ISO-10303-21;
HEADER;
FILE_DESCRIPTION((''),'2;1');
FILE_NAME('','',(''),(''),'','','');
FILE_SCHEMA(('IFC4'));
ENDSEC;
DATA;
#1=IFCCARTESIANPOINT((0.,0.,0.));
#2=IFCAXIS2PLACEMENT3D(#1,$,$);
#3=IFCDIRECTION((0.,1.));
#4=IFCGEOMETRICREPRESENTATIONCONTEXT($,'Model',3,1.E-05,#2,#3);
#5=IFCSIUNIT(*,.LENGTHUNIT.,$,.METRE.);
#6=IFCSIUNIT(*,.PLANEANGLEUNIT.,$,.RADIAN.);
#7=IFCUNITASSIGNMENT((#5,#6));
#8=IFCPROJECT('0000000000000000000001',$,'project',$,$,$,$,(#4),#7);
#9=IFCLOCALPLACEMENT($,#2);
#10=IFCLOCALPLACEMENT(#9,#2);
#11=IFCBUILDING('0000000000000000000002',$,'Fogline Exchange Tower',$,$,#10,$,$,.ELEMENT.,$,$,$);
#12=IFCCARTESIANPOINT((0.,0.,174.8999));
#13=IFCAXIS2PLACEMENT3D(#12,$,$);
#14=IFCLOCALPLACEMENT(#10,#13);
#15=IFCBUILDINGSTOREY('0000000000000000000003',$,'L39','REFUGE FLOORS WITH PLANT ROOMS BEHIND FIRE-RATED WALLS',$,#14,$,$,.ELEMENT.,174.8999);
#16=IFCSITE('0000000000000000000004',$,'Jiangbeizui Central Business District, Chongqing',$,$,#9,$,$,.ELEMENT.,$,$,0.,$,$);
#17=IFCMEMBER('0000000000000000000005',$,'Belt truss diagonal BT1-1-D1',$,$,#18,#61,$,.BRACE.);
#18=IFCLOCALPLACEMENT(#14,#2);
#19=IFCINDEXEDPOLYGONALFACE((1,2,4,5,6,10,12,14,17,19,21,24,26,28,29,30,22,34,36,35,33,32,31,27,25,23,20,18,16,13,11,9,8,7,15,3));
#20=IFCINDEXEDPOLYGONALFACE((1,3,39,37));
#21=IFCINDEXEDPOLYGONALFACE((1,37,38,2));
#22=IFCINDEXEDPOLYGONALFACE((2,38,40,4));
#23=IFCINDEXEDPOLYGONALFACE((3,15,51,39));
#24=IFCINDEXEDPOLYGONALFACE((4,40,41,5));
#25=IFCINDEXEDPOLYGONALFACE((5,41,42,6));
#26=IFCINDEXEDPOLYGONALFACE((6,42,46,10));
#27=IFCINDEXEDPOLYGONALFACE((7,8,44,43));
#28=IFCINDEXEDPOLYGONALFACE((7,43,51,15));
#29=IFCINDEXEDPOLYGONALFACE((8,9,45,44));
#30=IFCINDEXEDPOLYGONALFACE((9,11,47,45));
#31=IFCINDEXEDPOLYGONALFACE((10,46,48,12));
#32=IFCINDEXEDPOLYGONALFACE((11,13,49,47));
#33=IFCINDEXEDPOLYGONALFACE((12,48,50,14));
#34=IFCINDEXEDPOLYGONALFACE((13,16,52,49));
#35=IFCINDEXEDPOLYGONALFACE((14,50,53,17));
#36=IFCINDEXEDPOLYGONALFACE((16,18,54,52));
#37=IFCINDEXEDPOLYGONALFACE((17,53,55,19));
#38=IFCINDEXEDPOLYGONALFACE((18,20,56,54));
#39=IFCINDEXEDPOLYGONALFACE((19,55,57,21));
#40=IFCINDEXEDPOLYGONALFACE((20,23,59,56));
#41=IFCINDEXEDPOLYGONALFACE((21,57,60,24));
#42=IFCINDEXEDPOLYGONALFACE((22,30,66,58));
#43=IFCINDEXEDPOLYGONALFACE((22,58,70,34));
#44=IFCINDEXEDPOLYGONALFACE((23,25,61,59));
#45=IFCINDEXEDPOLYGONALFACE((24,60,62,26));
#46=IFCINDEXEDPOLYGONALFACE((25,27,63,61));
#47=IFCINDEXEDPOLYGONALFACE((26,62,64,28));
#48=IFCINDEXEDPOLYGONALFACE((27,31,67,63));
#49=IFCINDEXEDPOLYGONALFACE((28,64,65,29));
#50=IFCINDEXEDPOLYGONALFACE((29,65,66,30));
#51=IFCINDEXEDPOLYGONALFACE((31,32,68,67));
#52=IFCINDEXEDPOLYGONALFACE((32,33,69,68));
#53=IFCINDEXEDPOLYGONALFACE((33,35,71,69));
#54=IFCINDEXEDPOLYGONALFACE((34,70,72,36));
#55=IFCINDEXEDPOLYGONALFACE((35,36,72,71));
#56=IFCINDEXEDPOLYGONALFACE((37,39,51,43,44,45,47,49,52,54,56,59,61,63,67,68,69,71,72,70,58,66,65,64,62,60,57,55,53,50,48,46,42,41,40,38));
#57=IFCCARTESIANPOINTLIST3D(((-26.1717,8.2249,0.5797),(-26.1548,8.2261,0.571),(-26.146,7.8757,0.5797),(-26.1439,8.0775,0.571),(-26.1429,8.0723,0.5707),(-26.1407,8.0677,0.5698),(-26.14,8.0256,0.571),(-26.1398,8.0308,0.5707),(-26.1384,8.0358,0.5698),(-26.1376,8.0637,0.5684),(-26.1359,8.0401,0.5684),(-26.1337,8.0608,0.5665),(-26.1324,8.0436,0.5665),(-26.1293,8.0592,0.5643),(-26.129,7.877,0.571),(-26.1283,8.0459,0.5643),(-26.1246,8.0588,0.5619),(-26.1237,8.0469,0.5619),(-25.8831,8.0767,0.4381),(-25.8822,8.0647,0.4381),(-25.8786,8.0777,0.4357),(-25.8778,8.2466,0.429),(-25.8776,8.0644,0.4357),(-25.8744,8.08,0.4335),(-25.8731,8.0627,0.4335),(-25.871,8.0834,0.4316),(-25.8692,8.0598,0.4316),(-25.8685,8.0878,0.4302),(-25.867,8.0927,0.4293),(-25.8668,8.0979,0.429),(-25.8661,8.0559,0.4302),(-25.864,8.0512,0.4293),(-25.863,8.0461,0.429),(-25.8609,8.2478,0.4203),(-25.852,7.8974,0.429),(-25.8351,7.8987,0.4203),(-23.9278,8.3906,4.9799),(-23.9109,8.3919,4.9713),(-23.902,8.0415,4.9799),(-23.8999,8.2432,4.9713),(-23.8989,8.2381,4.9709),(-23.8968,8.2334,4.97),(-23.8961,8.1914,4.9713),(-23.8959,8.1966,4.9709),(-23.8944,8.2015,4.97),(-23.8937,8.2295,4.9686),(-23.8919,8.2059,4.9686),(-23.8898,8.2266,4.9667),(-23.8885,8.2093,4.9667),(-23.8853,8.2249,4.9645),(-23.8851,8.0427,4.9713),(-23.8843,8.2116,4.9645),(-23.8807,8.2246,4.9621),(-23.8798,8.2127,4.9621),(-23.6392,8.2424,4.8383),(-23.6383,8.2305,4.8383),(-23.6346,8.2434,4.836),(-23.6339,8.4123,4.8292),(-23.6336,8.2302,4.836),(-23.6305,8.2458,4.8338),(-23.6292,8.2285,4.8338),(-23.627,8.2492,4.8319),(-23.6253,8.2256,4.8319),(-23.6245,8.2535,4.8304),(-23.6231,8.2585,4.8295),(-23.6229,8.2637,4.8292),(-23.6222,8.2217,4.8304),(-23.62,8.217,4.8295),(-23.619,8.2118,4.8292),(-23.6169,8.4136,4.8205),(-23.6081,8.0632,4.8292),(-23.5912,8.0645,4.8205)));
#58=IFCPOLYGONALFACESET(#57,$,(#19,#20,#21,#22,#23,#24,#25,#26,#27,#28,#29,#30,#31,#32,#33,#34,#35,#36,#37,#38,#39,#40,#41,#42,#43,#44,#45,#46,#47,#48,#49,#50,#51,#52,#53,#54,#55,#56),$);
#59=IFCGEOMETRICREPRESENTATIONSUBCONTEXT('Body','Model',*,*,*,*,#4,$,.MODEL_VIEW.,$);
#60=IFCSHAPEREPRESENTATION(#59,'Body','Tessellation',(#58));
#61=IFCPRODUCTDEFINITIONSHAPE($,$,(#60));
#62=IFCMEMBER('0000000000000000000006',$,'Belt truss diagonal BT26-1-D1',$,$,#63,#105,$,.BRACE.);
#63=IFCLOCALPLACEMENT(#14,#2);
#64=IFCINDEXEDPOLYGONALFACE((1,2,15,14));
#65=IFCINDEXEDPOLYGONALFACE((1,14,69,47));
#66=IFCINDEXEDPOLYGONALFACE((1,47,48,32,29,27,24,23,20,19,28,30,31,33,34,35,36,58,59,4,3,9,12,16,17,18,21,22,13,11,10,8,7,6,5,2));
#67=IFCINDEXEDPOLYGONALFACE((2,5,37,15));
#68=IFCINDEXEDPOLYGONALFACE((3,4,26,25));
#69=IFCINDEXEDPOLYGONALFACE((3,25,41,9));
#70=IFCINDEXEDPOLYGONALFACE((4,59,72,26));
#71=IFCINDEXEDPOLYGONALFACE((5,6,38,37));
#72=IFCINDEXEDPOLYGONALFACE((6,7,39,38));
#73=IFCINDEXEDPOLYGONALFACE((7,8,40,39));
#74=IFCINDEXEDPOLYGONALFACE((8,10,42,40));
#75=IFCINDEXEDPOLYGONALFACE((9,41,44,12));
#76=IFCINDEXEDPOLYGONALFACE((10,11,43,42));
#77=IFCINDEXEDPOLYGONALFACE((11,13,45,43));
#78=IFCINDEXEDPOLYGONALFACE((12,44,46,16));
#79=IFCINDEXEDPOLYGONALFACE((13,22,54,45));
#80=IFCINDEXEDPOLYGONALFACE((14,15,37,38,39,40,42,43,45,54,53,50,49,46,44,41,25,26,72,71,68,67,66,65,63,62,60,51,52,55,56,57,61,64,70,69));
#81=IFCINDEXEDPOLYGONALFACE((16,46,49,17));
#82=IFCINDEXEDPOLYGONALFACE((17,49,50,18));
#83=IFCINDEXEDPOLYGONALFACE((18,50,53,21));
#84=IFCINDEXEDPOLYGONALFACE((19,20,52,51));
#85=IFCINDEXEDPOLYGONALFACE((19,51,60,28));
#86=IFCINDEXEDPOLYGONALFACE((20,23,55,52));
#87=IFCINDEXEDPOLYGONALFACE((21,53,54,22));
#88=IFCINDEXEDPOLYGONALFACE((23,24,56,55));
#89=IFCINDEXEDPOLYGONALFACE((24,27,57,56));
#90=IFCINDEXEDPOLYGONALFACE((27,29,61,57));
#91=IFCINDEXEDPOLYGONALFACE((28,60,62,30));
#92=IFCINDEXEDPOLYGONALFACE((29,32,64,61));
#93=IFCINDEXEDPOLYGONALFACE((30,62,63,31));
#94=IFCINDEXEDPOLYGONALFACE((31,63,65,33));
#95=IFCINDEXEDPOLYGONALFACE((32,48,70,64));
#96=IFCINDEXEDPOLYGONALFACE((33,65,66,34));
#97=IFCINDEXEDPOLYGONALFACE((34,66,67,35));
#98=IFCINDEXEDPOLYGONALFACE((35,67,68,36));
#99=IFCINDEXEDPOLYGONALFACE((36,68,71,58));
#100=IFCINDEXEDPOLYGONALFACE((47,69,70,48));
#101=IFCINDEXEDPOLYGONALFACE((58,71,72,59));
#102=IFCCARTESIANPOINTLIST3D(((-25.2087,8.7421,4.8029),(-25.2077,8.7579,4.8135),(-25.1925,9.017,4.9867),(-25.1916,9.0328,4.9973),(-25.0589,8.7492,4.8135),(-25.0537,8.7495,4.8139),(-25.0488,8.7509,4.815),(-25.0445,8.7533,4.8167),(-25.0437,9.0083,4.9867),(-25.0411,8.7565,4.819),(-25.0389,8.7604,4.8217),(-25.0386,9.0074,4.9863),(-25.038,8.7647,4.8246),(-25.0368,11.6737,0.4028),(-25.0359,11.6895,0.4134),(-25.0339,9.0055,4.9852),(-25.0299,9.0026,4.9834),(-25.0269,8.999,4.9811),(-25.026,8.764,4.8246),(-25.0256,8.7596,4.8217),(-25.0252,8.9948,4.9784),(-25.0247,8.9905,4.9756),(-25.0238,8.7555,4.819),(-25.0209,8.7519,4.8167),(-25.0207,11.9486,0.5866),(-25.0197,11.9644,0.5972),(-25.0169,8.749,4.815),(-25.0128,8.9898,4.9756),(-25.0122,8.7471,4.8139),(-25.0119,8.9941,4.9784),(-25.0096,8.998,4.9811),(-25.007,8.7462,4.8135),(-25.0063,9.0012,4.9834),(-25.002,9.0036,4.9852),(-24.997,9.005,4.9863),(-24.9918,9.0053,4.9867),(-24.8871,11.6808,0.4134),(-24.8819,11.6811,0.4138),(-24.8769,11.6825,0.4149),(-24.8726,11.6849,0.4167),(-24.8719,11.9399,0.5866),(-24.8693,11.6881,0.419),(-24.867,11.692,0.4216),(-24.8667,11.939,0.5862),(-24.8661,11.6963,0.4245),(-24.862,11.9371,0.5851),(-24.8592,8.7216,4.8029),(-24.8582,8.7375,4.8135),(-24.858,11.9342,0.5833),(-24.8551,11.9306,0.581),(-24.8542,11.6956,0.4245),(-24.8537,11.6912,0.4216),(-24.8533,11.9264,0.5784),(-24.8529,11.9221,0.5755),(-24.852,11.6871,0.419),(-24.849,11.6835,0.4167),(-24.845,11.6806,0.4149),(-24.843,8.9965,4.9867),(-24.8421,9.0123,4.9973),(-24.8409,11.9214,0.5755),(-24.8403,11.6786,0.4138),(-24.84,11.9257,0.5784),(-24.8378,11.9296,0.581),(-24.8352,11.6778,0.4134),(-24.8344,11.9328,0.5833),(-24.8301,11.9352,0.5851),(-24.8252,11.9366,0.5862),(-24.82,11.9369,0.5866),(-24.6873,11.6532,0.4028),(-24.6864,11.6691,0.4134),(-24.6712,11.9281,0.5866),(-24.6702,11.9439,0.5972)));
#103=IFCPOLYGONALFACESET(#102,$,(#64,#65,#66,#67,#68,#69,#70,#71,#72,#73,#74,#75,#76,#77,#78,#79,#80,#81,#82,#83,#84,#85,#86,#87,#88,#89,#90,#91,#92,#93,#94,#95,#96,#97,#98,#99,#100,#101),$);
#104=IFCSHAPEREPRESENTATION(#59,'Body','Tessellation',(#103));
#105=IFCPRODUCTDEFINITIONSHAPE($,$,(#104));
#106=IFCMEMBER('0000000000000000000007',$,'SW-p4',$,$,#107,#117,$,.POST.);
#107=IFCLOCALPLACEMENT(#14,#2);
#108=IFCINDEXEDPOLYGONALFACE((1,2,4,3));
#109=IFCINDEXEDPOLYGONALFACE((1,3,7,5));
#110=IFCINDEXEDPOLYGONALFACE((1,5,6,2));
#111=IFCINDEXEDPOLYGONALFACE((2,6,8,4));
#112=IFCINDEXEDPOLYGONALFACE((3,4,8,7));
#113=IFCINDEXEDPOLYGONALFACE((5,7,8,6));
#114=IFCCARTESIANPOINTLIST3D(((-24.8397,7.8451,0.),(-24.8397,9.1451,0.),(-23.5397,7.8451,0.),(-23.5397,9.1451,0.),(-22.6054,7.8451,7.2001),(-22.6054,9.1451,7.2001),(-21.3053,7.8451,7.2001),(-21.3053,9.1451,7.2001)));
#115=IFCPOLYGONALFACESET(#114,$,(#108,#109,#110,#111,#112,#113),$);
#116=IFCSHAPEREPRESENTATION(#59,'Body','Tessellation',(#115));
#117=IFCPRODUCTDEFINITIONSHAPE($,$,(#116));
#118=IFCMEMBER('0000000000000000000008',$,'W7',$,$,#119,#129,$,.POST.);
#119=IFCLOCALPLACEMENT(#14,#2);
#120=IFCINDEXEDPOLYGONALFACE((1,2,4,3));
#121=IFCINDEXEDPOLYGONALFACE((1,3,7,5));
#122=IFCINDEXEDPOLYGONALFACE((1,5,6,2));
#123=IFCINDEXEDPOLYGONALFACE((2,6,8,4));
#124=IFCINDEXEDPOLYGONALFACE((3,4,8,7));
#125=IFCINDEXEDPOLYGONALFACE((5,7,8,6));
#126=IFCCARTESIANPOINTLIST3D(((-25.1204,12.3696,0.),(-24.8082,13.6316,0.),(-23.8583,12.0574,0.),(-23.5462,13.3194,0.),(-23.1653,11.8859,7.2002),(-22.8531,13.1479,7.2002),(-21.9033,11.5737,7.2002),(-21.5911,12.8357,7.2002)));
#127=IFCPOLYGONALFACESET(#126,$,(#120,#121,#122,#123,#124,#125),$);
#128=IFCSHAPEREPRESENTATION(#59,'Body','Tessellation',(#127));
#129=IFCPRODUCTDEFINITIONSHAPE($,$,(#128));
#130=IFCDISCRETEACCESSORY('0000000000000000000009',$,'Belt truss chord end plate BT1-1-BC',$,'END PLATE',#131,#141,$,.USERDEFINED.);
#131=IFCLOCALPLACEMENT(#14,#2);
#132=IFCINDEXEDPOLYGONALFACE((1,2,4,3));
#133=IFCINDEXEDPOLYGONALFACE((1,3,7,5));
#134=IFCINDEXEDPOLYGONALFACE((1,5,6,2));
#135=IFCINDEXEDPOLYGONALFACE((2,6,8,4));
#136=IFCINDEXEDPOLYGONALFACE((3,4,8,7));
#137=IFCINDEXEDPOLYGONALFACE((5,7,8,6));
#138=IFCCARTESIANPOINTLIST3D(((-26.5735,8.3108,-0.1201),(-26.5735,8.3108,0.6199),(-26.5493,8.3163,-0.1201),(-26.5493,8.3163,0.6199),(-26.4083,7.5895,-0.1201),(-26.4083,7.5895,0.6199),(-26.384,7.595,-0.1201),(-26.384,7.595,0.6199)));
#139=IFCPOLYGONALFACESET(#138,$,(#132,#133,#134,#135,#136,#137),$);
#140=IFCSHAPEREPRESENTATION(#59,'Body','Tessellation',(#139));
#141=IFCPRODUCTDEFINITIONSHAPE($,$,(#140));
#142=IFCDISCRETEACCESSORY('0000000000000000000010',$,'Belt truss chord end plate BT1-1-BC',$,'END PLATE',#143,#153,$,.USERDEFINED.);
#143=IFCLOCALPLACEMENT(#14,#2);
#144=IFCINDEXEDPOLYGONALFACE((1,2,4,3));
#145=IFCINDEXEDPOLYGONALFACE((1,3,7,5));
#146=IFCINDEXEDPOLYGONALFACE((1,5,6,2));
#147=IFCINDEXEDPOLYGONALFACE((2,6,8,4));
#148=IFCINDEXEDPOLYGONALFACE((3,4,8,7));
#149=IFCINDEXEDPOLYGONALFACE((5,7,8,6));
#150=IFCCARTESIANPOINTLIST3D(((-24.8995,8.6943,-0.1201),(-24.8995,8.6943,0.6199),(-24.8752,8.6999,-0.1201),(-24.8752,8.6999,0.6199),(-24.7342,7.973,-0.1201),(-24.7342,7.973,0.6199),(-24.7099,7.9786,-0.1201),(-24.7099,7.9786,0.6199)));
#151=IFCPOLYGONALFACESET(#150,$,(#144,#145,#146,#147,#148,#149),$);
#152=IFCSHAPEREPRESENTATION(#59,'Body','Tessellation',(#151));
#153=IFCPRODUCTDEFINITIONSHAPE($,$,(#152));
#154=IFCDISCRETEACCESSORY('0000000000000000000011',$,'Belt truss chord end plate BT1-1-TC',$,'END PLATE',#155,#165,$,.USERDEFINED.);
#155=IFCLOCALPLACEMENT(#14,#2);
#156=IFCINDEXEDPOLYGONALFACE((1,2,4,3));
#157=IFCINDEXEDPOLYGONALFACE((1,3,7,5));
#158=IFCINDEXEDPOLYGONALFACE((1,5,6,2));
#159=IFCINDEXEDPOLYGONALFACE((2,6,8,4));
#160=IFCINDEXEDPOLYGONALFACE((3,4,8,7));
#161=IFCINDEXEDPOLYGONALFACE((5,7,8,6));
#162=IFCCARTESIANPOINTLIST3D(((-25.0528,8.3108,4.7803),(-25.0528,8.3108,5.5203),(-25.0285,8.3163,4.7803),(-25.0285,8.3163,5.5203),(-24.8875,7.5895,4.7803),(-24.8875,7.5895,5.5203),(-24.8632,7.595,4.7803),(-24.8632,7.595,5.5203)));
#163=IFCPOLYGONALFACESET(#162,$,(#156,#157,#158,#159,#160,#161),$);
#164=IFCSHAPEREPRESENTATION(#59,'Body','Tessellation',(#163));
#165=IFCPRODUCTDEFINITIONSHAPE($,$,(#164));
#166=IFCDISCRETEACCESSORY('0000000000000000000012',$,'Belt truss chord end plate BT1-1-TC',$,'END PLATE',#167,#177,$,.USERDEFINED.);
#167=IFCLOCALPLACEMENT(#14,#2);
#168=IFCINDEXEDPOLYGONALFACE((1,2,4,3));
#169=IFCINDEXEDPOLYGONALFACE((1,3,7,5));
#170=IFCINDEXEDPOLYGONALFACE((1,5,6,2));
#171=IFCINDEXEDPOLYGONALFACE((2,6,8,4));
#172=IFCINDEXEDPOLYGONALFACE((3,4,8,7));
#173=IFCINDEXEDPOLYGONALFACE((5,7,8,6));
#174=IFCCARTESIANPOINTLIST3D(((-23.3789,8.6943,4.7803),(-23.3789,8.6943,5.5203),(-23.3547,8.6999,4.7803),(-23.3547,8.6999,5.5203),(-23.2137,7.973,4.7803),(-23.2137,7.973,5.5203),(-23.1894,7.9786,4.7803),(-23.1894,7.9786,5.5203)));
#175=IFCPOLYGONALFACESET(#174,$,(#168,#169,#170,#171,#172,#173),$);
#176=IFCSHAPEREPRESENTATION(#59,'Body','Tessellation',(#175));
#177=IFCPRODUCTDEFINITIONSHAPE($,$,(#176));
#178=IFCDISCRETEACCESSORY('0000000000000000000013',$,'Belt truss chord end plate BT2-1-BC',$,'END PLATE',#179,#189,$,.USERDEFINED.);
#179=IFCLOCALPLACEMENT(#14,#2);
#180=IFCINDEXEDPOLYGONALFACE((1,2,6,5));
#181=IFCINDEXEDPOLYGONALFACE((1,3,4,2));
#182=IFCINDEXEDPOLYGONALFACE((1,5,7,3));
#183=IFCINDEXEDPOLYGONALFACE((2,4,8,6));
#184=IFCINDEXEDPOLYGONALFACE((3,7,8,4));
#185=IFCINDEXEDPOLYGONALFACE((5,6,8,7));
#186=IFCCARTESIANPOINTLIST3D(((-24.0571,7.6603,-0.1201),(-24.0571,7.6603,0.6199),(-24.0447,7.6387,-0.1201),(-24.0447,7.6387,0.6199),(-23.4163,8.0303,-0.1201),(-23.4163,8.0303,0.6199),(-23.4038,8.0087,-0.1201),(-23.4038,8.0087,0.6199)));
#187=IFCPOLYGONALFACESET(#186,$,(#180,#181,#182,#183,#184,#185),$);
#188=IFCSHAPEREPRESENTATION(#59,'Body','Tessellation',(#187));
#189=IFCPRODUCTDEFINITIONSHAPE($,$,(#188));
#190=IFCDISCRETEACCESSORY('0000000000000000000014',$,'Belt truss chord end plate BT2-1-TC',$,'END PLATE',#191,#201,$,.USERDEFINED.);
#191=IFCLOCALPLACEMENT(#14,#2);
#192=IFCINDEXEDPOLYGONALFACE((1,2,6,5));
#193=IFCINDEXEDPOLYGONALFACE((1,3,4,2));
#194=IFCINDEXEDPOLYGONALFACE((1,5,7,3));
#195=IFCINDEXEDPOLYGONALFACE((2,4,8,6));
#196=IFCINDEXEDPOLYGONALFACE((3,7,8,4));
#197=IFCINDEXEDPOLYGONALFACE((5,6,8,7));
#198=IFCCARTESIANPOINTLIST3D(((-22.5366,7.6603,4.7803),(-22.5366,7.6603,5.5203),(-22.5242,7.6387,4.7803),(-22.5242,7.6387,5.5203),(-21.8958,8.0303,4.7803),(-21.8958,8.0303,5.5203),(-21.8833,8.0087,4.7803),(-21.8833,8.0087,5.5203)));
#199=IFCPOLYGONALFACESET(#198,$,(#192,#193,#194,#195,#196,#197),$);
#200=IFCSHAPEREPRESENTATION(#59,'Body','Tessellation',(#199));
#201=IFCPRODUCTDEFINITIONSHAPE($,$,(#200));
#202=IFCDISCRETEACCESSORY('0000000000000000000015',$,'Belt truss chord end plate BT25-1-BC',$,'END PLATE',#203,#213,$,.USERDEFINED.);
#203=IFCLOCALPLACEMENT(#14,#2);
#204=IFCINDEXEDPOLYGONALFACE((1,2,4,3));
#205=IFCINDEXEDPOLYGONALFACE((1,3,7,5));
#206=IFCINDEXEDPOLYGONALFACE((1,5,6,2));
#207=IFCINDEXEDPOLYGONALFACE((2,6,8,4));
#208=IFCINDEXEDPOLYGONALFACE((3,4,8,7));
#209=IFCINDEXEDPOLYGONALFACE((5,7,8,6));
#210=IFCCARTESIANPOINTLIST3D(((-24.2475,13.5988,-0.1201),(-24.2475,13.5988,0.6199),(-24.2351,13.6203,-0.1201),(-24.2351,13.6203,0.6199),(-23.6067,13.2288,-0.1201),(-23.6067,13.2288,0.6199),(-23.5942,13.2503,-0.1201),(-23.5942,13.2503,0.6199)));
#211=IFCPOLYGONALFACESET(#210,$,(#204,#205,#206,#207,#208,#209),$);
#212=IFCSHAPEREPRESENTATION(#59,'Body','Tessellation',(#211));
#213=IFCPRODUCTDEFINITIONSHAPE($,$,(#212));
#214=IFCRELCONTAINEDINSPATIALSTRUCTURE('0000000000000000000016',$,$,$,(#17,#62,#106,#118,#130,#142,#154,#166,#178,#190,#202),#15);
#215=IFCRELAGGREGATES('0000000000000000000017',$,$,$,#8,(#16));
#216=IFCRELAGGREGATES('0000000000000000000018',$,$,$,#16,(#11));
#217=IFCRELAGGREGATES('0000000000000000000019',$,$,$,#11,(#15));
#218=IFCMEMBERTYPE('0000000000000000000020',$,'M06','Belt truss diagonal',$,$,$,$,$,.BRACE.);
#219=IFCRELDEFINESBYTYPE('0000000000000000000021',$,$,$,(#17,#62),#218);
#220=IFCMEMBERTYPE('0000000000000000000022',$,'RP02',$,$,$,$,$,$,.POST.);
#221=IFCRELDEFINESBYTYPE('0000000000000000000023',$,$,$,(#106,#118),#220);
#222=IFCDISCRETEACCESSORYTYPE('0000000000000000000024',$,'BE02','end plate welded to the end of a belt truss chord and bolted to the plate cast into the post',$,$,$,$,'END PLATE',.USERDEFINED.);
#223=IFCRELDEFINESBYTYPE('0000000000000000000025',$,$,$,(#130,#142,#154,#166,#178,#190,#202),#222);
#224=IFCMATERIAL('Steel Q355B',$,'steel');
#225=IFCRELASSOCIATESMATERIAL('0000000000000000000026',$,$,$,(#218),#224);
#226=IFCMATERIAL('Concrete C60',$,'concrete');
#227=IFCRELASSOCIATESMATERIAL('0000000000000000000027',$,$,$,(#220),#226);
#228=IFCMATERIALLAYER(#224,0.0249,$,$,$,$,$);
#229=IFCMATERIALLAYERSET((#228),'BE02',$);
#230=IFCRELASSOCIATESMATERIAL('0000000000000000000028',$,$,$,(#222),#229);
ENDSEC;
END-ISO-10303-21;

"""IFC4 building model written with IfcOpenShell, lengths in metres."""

from ifc_helpers import new_model, si_unit, direction, frame, origin, origin_2d, place, context, subcontext, project, spatial, rectangle, i_section, extrude, material, layer, layer_set, material_profile, profile_set, type_object, element, save


model = new_model("IFC4")

# Units and contexts
model_context = context("Model", 3, precision=1e-05, world=origin(), true_north=direction((0.0, 1.0)))
body_context = subcontext(model_context, "Body", "Model", "MODEL_VIEW")
ifc_project = project(units=[si_unit("LENGTHUNIT", "METRE"), si_unit("PLANEANGLEUNIT", "RADIAN")], contexts=[model_context])

# Site, building, storey
site_placement = place(None, origin())
site = spatial("IfcSite", under=ifc_project, at=site_placement, Name="Jiangbeizui Central Business District, Chongqing", CompositionType="ELEMENT", RefElevation=0.0)
building_placement = place(site_placement, origin())
building = spatial("IfcBuilding", under=site, at=building_placement, Name="Fogline Exchange Tower", CompositionType="ELEMENT")
storey_placement = place(building_placement, frame((0.0, 0.0, 174.8999)))
storey = spatial("IfcBuildingStorey", under=building, at=storey_placement, Name="L39", Description="REFUGE FLOORS WITH PLANT ROOMS BEHIND FIRE-RATED WALLS", CompositionType="ELEMENT", Elevation=174.8999)

# Members
ifc_material_1 = material(Name="Steel Q355B", Category="steel")
ifc_material_profile_1 = material_profile(ifc_material_1, i_section(OverallWidth=0.3501, OverallDepth=0.3501, WebThickness=0.012, FlangeThickness=0.019, FilletRadius=0.02, at=origin_2d()), Name="HW350X350X12X19")
ifc_profile_set_1 = profile_set([ifc_material_profile_1], Name="Steel Q355B")
member_type_1 = type_object("IfcMemberType", Name="M06", Description="Belt truss diagonal", PredefinedType="BRACE", material=ifc_profile_set_1)
member_1_placement = place(storey_placement, frame((-26.0034, 8.0618, 0.5), z_axis=(0.454042, 0.033543, 0.890349), x_axis=(-0.073676, 0.997282, 0.0)))
element("IfcMember", 1, at=member_1_placement, inside=storey, type_object=member_type_1, Name="Belt truss diagonal BT1-1-D1", PredefinedType="BRACE", context=body_context, shape_type="SweptSolid", body=[
    extrude(i_section(OverallWidth=0.3501, OverallDepth=0.3501, WebThickness=0.012, FlangeThickness=0.019, FilletRadius=0.02, at=origin_2d()), origin(), (0.0, 0.0, 1.0), 4.9421),
])
member_2_placement = place(storey_placement, frame((-24.8535, 11.8088, 0.5), z_axis=(-0.03249, -0.554173, 0.831767), x_axis=(0.998286, -0.058527, 0.0)))
element("IfcMember", 2, at=member_2_placement, inside=storey, type_object=member_type_1, Name="Belt truss diagonal BT26-1-D1", PredefinedType="BRACE", context=body_context, shape_type="SweptSolid", body=[
    extrude(i_section(OverallWidth=0.3501, OverallDepth=0.3501, WebThickness=0.012, FlangeThickness=0.019, FilletRadius=0.02, at=origin_2d()), origin(), (0.0, 0.0, 1.0), 5.29),
])
ifc_material_2 = material(Name="Concrete C60", Category="concrete")
ifc_material_profile_2 = material_profile(ifc_material_2, rectangle(XDim=1.3, YDim=1.3, at=origin_2d()), Name="RC 1300x1300")
ifc_profile_set_2 = profile_set([ifc_material_profile_2], Name="Concrete C60")
member_type_2 = type_object("IfcMemberType", Name="RP02", PredefinedType="POST", material=ifc_profile_set_2)
member_3_placement = place(storey_placement, frame((-24.1897, 8.4951, 0.0), z_axis=(0.0, 0.0, 1.0), x_axis=(0.0, 1.0, 0.0)))
element("IfcMember", 3, at=member_3_placement, inside=storey, type_object=member_type_2, Name="SW-p4", PredefinedType="POST", context=body_context, shape_type="SweptSolid", body=[
    extrude(rectangle(XDim=1.3, YDim=1.3, at=origin_2d()), origin(), (0.0, -0.296379, 0.95507), 7.5388),
])
member_4_placement = place(storey_placement, frame((-24.3333, 12.8445, 0.0), z_axis=(0.0, 0.0, 1.0), x_axis=(0.240139, 0.970739, 0.0)))
element("IfcMember", 4, at=member_4_placement, inside=storey, type_object=member_type_2, Name="W7", PredefinedType="POST", context=body_context, shape_type="SweptSolid", body=[
    extrude(rectangle(XDim=1.3, YDim=1.3, at=origin_2d()), origin(), (0.0, -0.269376, 0.963035), 7.4766),
])

# Discrete accessories
ifc_layer = layer(ifc_material_1, 0.0249)
ifc_layer_set = layer_set([ifc_layer], Name="BE02")
discrete_accessory_type = type_object("IfcDiscreteAccessoryType", Name="BE02", Description="end plate welded to the end of a belt truss chord and bolted to the plate cast into the post", ElementType="END PLATE", PredefinedType="USERDEFINED", material=ifc_layer_set)
for number, where, z_axis, x_axis, name in (
    (5, (-26.4788, 7.9529, -0.1201), (0.0, 0.0, 1.0), (-0.974743, -0.22333, 0.0), "Belt truss chord end plate BT1-1-BC"),
    (6, (-24.8047, 8.3364, -0.1201), (0.0, 0.0, 1.0), (0.974743, 0.22333, 0.0), "Belt truss chord end plate BT1-1-BC"),
    (7, (-24.958, 7.9529, 4.7803), (0.0, 0.0, 1.0), (-0.974743, -0.22333, 0.0), "Belt truss chord end plate BT1-1-TC"),
    (8, (-23.2842, 8.3364, 4.7803), (0.0, 0.0, 1.0), (0.974743, 0.22333, 0.0), "Belt truss chord end plate BT1-1-TC"),
    (9, (-23.7305, 7.8345, -0.1201), (0.0, 0.0, 1.0), (-0.5, 0.866025, 0.0), "Belt truss chord end plate BT2-1-BC"),
    (10, (-22.21, 7.8345, 4.7803), (0.0, 0.0, 1.0), (-0.5, 0.866025, 0.0), "Belt truss chord end plate BT2-1-TC"),
    (11, (-23.9209, 13.4246, -0.1201), (0.0, 0.0, 1.0), (-0.5, -0.866025, 0.0), "Belt truss chord end plate BT25-1-BC"),
):
    element("IfcDiscreteAccessory", number, at=place(storey_placement, frame(where, z_axis=z_axis, x_axis=x_axis)), inside=storey, type_object=discrete_accessory_type, Name=name, ObjectType="END PLATE", PredefinedType="USERDEFINED", context=body_context, shape_type="SweptSolid", body=[
        extrude(rectangle(XDim=0.0249, YDim=0.74, at=origin_2d()), origin(), (0.0, 0.0, 1.0), 0.74),
    ])

save(model, "model.ifc")
